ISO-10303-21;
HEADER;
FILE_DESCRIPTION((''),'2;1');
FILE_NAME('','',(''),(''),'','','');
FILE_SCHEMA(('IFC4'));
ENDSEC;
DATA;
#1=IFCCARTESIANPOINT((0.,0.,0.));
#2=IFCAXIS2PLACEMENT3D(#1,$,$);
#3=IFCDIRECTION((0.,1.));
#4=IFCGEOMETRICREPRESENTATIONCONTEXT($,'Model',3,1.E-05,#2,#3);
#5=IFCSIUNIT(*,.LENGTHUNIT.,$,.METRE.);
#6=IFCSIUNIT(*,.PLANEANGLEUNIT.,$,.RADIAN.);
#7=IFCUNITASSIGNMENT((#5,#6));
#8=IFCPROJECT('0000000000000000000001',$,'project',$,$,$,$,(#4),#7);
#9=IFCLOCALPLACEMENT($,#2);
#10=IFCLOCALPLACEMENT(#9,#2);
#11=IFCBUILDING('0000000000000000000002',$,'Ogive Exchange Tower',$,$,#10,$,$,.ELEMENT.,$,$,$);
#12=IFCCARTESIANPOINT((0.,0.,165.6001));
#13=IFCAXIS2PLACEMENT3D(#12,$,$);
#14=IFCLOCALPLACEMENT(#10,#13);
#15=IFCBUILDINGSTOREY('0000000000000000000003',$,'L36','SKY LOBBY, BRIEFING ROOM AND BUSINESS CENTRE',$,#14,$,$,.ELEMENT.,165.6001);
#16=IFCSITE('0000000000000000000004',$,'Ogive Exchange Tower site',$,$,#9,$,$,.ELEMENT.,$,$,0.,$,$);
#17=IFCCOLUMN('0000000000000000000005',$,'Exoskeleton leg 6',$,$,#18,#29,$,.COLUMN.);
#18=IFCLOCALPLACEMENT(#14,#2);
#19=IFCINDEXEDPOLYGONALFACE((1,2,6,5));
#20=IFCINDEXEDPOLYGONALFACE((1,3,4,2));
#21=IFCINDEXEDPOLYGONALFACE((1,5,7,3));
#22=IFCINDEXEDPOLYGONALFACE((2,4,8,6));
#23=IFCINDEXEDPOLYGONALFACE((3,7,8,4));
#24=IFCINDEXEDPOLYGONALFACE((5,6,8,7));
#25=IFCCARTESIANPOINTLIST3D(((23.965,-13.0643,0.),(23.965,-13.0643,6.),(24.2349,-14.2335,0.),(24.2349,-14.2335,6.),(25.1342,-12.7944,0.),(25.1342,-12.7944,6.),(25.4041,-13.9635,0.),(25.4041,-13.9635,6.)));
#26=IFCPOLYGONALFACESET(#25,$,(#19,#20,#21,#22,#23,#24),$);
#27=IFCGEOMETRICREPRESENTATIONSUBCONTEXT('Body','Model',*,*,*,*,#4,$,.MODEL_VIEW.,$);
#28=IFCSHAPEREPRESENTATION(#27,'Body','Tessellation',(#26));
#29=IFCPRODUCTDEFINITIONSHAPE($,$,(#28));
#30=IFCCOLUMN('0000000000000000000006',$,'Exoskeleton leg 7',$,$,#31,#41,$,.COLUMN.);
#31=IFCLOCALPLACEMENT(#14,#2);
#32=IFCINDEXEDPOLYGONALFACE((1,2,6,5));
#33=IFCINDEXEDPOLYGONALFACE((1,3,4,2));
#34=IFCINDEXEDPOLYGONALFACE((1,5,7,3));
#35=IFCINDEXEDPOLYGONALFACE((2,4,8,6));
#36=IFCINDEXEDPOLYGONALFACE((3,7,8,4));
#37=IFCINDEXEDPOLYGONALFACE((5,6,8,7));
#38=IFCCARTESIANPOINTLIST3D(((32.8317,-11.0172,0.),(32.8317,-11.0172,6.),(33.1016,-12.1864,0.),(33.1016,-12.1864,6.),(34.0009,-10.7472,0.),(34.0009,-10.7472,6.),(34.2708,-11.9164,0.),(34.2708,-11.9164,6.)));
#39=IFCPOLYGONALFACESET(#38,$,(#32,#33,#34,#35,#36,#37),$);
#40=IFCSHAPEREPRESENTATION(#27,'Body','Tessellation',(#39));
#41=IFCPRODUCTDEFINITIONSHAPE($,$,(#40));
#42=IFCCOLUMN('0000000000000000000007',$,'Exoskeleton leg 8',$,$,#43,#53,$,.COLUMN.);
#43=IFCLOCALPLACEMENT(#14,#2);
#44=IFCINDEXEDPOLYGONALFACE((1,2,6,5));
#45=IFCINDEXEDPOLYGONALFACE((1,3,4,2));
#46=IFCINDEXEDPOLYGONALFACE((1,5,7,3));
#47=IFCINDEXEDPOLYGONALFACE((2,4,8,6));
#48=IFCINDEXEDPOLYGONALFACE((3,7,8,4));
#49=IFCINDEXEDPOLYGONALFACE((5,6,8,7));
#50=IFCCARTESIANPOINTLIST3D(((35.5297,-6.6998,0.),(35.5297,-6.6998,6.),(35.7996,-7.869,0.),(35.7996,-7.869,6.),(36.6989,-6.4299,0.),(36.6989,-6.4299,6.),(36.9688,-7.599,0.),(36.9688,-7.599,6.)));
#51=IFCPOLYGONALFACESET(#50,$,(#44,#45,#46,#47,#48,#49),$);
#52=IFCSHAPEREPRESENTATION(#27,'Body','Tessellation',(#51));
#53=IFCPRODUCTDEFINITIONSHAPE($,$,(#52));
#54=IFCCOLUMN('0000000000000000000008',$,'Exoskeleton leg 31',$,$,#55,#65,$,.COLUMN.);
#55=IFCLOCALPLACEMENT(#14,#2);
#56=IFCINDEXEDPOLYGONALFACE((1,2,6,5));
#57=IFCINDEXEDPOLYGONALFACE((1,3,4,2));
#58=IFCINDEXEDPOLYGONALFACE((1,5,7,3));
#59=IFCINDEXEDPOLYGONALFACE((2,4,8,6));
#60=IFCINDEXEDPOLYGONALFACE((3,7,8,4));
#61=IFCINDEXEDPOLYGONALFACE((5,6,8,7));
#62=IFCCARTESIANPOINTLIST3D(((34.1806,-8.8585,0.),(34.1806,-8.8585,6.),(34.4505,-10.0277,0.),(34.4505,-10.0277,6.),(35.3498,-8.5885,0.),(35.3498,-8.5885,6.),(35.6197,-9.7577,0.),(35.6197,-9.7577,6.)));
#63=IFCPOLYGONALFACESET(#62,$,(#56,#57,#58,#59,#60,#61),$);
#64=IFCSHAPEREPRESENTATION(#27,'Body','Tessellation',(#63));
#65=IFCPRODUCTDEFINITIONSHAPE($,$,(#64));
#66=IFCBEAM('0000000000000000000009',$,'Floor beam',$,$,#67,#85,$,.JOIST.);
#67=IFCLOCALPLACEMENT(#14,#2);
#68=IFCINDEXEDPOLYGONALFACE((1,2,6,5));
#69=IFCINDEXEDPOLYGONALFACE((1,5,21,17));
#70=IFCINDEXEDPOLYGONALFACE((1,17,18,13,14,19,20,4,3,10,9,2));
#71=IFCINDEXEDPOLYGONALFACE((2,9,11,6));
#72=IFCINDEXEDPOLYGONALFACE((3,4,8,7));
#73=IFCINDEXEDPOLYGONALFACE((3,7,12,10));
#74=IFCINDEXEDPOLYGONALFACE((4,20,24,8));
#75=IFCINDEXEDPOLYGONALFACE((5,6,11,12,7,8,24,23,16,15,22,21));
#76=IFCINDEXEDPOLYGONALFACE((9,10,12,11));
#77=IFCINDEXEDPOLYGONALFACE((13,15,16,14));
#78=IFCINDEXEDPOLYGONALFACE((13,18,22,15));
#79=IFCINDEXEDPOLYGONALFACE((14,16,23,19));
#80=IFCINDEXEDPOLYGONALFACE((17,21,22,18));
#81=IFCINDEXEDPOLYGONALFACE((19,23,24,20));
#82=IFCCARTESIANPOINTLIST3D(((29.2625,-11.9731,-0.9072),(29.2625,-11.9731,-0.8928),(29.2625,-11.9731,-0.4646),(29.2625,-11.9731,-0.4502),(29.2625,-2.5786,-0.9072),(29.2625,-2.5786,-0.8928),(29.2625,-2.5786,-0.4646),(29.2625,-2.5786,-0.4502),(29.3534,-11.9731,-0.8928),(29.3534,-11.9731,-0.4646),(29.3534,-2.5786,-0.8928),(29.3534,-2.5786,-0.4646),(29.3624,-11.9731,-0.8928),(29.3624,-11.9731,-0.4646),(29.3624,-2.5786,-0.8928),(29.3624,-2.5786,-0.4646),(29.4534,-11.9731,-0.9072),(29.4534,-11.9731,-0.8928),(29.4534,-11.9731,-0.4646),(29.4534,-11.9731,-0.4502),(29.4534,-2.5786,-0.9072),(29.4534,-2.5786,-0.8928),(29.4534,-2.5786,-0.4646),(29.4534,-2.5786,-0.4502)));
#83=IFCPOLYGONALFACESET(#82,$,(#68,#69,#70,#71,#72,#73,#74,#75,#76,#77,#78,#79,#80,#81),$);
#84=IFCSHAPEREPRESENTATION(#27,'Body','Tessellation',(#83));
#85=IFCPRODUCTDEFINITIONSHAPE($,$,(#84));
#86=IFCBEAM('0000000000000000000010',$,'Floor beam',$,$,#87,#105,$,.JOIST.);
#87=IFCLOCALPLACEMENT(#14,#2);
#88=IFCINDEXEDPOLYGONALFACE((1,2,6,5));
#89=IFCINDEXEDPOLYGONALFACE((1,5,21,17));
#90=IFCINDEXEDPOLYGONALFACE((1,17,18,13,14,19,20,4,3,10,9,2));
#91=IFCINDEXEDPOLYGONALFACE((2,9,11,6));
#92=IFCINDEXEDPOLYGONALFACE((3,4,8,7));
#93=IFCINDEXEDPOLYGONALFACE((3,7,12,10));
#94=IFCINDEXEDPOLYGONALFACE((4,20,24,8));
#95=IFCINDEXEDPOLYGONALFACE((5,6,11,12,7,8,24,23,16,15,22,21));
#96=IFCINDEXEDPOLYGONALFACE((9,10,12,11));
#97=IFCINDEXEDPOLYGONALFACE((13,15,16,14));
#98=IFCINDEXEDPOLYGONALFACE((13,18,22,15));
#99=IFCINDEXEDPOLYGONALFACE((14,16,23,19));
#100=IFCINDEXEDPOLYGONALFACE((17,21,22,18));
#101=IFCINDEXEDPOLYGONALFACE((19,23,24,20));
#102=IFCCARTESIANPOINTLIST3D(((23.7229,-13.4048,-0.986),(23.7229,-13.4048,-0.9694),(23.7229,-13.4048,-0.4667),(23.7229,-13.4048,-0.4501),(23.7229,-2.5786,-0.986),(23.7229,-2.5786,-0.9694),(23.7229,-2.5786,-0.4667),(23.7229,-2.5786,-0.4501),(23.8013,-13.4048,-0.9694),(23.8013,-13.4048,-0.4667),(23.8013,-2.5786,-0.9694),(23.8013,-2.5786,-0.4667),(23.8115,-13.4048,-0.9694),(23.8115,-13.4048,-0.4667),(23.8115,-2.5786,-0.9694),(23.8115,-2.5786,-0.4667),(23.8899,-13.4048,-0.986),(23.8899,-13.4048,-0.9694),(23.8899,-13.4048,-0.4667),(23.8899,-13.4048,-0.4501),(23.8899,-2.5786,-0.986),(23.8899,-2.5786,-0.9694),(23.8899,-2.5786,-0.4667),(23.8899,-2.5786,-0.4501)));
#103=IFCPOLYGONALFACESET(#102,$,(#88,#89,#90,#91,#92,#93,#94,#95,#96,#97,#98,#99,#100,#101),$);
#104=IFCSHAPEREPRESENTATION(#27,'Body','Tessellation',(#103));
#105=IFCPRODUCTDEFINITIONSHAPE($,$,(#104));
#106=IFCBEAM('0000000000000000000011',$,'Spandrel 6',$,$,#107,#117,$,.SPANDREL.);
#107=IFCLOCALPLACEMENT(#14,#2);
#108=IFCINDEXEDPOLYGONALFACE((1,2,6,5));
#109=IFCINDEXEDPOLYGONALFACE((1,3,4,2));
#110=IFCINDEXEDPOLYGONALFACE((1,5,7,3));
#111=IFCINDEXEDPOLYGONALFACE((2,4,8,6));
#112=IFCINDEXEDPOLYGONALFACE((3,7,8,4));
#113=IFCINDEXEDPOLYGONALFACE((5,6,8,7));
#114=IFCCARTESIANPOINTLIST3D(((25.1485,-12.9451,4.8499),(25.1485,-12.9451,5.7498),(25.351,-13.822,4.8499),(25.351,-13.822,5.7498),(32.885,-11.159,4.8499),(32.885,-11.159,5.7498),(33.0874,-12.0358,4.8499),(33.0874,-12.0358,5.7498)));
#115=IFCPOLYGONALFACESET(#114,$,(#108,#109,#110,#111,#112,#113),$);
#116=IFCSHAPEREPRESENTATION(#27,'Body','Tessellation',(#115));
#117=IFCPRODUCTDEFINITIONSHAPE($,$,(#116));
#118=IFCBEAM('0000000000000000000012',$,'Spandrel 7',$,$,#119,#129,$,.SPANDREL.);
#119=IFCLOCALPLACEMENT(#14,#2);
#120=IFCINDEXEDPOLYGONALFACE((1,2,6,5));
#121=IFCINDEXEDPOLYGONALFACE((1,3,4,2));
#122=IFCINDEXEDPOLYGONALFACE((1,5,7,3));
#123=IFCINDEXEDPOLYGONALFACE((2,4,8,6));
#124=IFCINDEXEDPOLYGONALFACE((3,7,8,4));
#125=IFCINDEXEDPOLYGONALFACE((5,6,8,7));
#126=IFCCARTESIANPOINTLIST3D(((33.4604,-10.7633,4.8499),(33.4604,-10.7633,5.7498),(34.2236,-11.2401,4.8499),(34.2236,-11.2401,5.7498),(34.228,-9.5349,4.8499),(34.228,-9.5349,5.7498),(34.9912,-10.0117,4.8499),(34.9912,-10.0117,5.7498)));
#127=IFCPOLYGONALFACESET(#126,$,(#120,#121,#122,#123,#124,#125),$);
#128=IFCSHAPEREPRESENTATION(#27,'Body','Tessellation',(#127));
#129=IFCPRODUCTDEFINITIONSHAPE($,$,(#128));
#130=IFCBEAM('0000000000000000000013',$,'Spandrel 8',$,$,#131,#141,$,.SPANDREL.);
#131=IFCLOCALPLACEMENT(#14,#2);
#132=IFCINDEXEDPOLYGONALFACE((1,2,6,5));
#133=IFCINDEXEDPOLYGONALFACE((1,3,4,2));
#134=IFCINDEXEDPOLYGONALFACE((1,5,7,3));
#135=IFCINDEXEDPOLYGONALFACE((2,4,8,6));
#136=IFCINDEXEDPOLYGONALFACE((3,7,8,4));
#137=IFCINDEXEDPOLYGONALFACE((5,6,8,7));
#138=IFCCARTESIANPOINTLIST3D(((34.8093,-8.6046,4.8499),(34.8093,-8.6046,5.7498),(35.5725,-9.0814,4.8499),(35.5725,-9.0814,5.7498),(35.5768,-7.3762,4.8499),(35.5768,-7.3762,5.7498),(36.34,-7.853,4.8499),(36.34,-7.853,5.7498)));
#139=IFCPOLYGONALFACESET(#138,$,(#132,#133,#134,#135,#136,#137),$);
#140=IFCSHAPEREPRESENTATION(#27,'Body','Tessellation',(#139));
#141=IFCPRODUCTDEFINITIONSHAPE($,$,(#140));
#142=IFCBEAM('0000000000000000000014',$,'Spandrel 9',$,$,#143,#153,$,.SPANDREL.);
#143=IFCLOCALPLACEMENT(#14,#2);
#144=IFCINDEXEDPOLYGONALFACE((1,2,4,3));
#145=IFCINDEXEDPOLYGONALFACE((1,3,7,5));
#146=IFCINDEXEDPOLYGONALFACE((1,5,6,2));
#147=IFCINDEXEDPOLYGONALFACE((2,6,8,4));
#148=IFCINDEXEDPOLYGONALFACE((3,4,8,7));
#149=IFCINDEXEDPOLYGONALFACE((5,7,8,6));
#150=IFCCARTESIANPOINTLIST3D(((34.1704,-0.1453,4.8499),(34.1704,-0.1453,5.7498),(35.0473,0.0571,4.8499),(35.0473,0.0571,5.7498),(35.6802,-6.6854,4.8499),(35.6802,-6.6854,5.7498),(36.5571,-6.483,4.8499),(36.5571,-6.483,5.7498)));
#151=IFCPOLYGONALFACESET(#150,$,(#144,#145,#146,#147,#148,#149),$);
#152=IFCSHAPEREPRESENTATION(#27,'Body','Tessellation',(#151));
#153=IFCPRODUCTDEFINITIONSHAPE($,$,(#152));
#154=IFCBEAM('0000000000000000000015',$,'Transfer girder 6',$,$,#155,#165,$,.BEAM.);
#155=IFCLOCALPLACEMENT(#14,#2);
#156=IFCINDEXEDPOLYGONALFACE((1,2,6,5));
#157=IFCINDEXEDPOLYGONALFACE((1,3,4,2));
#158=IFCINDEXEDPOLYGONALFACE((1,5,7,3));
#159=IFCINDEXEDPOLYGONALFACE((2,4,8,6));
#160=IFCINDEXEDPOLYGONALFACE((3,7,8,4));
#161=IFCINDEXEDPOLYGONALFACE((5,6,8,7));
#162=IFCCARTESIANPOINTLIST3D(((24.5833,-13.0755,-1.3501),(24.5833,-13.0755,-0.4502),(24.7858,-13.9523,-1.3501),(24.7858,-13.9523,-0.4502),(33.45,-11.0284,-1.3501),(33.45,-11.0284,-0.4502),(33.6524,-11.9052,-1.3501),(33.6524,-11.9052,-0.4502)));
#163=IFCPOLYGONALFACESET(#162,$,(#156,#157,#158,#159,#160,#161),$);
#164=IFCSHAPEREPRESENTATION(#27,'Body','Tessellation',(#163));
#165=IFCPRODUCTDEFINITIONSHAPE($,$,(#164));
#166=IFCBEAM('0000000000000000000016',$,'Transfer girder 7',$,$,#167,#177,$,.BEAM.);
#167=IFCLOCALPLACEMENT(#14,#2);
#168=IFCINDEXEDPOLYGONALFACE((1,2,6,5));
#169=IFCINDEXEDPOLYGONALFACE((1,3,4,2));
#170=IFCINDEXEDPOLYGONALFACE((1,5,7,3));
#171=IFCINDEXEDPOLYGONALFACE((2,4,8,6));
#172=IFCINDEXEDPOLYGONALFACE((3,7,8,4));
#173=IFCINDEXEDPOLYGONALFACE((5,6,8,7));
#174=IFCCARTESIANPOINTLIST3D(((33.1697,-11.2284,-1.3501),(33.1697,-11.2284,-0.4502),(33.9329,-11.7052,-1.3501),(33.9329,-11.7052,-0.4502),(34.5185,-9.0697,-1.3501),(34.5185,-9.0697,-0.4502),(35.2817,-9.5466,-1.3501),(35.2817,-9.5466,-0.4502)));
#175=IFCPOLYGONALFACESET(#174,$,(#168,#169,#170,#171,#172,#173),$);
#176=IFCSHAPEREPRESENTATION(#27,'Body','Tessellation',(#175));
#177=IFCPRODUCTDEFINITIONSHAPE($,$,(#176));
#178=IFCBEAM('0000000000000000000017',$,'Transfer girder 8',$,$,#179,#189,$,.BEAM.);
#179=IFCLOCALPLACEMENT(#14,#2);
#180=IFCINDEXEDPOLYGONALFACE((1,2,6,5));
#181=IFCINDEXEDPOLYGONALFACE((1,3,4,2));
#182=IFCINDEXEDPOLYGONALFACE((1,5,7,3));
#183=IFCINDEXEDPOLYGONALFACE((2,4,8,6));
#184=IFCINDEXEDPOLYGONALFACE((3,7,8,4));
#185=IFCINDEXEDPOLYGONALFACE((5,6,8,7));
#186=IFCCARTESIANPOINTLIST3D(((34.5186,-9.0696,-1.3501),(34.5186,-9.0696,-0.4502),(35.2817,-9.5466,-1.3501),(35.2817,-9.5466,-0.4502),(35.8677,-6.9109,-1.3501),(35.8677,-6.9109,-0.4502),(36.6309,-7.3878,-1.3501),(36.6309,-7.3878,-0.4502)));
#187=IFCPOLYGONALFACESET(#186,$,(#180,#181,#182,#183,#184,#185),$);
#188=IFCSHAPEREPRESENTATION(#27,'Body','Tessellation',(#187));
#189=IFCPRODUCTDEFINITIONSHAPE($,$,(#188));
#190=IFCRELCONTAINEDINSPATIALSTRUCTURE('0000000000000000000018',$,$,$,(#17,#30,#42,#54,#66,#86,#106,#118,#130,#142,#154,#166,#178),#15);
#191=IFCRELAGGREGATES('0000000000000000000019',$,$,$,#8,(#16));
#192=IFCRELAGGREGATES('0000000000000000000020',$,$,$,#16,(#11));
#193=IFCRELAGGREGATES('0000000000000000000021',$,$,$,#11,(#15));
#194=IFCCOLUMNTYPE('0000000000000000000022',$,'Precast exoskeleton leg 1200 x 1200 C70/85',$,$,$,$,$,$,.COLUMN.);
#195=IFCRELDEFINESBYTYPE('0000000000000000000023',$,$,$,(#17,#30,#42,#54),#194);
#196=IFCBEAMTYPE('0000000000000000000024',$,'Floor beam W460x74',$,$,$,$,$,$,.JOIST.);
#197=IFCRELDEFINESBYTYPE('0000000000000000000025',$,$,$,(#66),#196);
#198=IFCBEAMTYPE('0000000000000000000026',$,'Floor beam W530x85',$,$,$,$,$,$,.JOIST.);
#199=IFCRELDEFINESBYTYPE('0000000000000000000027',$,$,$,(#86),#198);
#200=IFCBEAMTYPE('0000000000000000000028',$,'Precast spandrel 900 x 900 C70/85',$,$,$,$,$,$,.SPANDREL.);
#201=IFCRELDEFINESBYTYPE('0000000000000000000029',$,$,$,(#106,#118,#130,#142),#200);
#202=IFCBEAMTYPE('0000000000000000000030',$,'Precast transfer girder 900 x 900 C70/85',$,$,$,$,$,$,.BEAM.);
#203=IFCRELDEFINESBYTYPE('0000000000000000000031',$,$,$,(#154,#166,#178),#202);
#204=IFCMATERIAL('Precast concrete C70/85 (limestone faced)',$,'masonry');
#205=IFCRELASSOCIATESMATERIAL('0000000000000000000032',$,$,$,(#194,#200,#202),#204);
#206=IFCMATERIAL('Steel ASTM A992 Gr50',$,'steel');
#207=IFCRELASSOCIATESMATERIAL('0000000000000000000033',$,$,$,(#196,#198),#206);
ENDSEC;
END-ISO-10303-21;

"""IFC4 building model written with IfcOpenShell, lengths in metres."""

from ifc_helpers import new_model, si_unit, direction, frame, origin, origin_2d, place, context, subcontext, project, spatial, rectangle, i_section, extrude, material, material_profile, profile_set, type_object, element, save


model = new_model("IFC4")

# Units and contexts
model_context = context("Model", 3, precision=1e-05, world=origin(), true_north=direction((0.0, 1.0)))
body_context = subcontext(model_context, "Body", "Model", "MODEL_VIEW")
ifc_project = project(units=[si_unit("LENGTHUNIT", "METRE"), si_unit("PLANEANGLEUNIT", "RADIAN")], contexts=[model_context])

# Site, building, storey
site_placement = place(None, origin())
site = spatial("IfcSite", under=ifc_project, at=site_placement, Name="Ogive Exchange Tower site", CompositionType="ELEMENT", RefElevation=0.0)
building_placement = place(site_placement, origin())
building = spatial("IfcBuilding", under=site, at=building_placement, Name="Ogive Exchange Tower", CompositionType="ELEMENT")
storey_placement = place(building_placement, frame((0.0, 0.0, 165.6001)))
storey = spatial("IfcBuildingStorey", under=building, at=storey_placement, Name="L36", Description="SKY LOBBY, BRIEFING ROOM AND BUSINESS CENTRE", CompositionType="ELEMENT", Elevation=165.6001)

# Columns
ifc_material_1 = material(Name="Precast concrete C70/85 (limestone faced)", Category="masonry")
ifc_material_profile_1 = material_profile(ifc_material_1, rectangle(XDim=1.2, YDim=1.2, at=origin_2d()), Name="1200 x 1200")
ifc_profile_set_1 = profile_set([ifc_material_profile_1], Name="Precast concrete C70/85 (limestone faced)")
column_type = type_object("IfcColumnType", Name="Precast exoskeleton leg 1200 x 1200 C70/85", PredefinedType="COLUMN", material=ifc_profile_set_1)
for number, where, z_axis, x_axis, name in (
    (1, (24.6846, -13.5139, 0.0), (0.0, 0.0, 1.0), (0.97437, 0.224951, 0.0), "Exoskeleton leg 6"),
    (2, (33.5513, -11.4668, 0.0), (0.0, 0.0, 1.0), (0.97437, 0.224951, 0.0), "Exoskeleton leg 7"),
    (3, (36.2493, -7.1494, 0.0), (0.0, 0.0, 1.0), (0.97437, 0.224951, 0.0), "Exoskeleton leg 8"),
    (4, (34.9001, -9.3081, 0.0), (0.0, 0.0, 1.0), (0.97437, 0.224951, 0.0), "Exoskeleton leg 31"),
):
    element("IfcColumn", number, at=place(storey_placement, frame(where, z_axis=z_axis, x_axis=x_axis)), inside=storey, type_object=column_type, Name=name, PredefinedType="COLUMN", context=body_context, shape_type="SweptSolid", body=[
        extrude(rectangle(XDim=1.2, YDim=1.2, at=origin_2d()), origin(), (0.0, 0.0, 1.0), 6.0),
    ])

# Beams
ifc_material_2 = material(Name="Steel ASTM A992 Gr50", Category="steel")
ifc_material_profile_2 = material_profile(ifc_material_2, i_section(OverallWidth=0.1909, OverallDepth=0.457, WebThickness=0.009, FlangeThickness=0.0144, at=origin_2d()), Name="W460x74")
ifc_profile_set_2 = profile_set([ifc_material_profile_2], Name="Steel ASTM A992 Gr50")
beam_type_1 = type_object("IfcBeamType", Name="Floor beam W460x74", PredefinedType="JOIST", material=ifc_profile_set_2)
beam_1_placement = place(storey_placement, frame((29.3579, -11.9731, -0.6787), z_axis=(0.0, 1.0, 0.0), x_axis=(-1.0, 0.0, 0.0)))
element("IfcBeam", 5, at=beam_1_placement, inside=storey, type_object=beam_type_1, Name="Floor beam", PredefinedType="JOIST", context=body_context, shape_type="SweptSolid", body=[
    extrude(i_section(OverallWidth=0.1909, OverallDepth=0.457, WebThickness=0.009, FlangeThickness=0.0144, at=origin_2d()), origin(), (0.0, 0.0, 1.0), 9.3945),
])
ifc_material_profile_3 = material_profile(ifc_material_2, i_section(OverallWidth=0.167, OverallDepth=0.5359, WebThickness=0.0103, FlangeThickness=0.0166, at=origin_2d()), Name="W530x85")
ifc_profile_set_3 = profile_set([ifc_material_profile_3], Name="Steel ASTM A992 Gr50")
beam_type_2 = type_object("IfcBeamType", Name="Floor beam W530x85", PredefinedType="JOIST", material=ifc_profile_set_3)
beam_2_placement = place(storey_placement, frame((23.8064, -13.4048, -0.718), z_axis=(0.0, 1.0, 0.0), x_axis=(-1.0, 0.0, 0.0)))
element("IfcBeam", 6, at=beam_2_placement, inside=storey, type_object=beam_type_2, Name="Floor beam", PredefinedType="JOIST", context=body_context, shape_type="SweptSolid", body=[
    extrude(i_section(OverallWidth=0.167, OverallDepth=0.5359, WebThickness=0.0103, FlangeThickness=0.0166, at=origin_2d()), origin(), (0.0, 0.0, 1.0), 10.8262),
])
ifc_material_profile_4 = material_profile(ifc_material_1, rectangle(XDim=0.8999, YDim=0.8999, at=origin_2d()), Name="900 x 900")
ifc_profile_set_4 = profile_set([ifc_material_profile_4], Name="Precast concrete C70/85 (limestone faced)")
beam_type_3 = type_object("IfcBeamType", Name="Precast spandrel 900 x 900 C70/85", PredefinedType="SPANDREL", material=ifc_profile_set_4)
beam_3_placement = place(storey_placement, frame((25.2498, -13.3835, 5.2998), z_axis=(0.974368, 0.224958, 0.0), x_axis=(-0.224958, 0.974368, 0.0)))
element("IfcBeam", 7, at=beam_3_placement, inside=storey, type_object=beam_type_3, Name="Spandrel 6", PredefinedType="SPANDREL", context=body_context, shape_type="SweptSolid", body=[
    extrude(rectangle(XDim=0.8999, YDim=0.8999, at=origin_2d()), origin(), (0.0, 0.0, 1.0), 7.9399),
])
for number, where, z_axis, x_axis, name in (
    (8, (33.842, -11.0017, 5.2998), (0.529878, 0.848074, 0.0), (-0.848074, 0.529878, 0.0), "Spandrel 7"),
    (9, (35.1909, -8.843, 5.2998), (0.529878, 0.848074, 0.0), (-0.848074, 0.529878, 0.0), "Spandrel 8"),
):
    element("IfcBeam", number, at=place(storey_placement, frame(where, z_axis=z_axis, x_axis=x_axis)), inside=storey, type_object=beam_type_3, Name=name, PredefinedType="SPANDREL", context=body_context, shape_type="SweptSolid", body=[
        extrude(rectangle(XDim=0.8999, YDim=0.8999, at=origin_2d()), origin(), (0.0, 0.0, 1.0), 1.4485),
    ])
beam_4_placement = place(storey_placement, frame((36.1187, -6.5842, 5.2998), z_axis=(-0.224934, 0.974374, 0.0), x_axis=(-0.974374, -0.224934, 0.0)))
element("IfcBeam", 10, at=beam_4_placement, inside=storey, type_object=beam_type_3, Name="Spandrel 9", PredefinedType="SPANDREL", context=body_context, shape_type="SweptSolid", body=[
    extrude(rectangle(XDim=0.8999, YDim=0.8999, at=origin_2d()), origin(), (0.0, 0.0, 1.0), 6.7122),
])
ifc_material_profile_5 = material_profile(ifc_material_1, rectangle(XDim=0.8999, YDim=0.8999, at=origin_2d()), Name="900 x 900")
ifc_profile_set_5 = profile_set([ifc_material_profile_5], Name="Precast concrete C70/85 (limestone faced)")
beam_type_4 = type_object("IfcBeamType", Name="Precast transfer girder 900 x 900 C70/85", PredefinedType="BEAM", material=ifc_profile_set_5)
beam_5_placement = place(storey_placement, frame((24.6846, -13.5139, -0.9001), z_axis=(0.974368, 0.224959, 0.0), x_axis=(-0.224959, 0.974368, 0.0)))
element("IfcBeam", 11, at=beam_5_placement, inside=storey, type_object=beam_type_4, Name="Transfer girder 6", PredefinedType="BEAM", context=body_context, shape_type="SweptSolid", body=[
    extrude(rectangle(XDim=0.8999, YDim=0.8999, at=origin_2d()), origin(), (0.0, 0.0, 1.0), 9.0999),
])
beam_6_placement = place(storey_placement, frame((33.5513, -11.4668, -0.9001), z_axis=(0.529913, 0.848052, 0.0), x_axis=(-0.848052, 0.529913, 0.0)))
element("IfcBeam", 12, at=beam_6_placement, inside=storey, type_object=beam_type_4, Name="Transfer girder 7", PredefinedType="BEAM", context=body_context, shape_type="SweptSolid", body=[
    extrude(rectangle(XDim=0.8999, YDim=0.8999, at=origin_2d()), origin(), (0.0, 0.0, 1.0), 2.5454),
])
beam_7_placement = place(storey_placement, frame((34.9001, -9.3081, -0.9001), z_axis=(0.529982, 0.848009, 0.0), x_axis=(-0.848009, 0.529982, 0.0)))
element("IfcBeam", 13, at=beam_7_placement, inside=storey, type_object=beam_type_4, Name="Transfer girder 8", PredefinedType="BEAM", context=body_context, shape_type="SweptSolid", body=[
    extrude(rectangle(XDim=0.8999, YDim=0.8999, at=origin_2d()), origin(), (0.0, 0.0, 1.0), 2.5457),
])

save(model, "model.ifc")
